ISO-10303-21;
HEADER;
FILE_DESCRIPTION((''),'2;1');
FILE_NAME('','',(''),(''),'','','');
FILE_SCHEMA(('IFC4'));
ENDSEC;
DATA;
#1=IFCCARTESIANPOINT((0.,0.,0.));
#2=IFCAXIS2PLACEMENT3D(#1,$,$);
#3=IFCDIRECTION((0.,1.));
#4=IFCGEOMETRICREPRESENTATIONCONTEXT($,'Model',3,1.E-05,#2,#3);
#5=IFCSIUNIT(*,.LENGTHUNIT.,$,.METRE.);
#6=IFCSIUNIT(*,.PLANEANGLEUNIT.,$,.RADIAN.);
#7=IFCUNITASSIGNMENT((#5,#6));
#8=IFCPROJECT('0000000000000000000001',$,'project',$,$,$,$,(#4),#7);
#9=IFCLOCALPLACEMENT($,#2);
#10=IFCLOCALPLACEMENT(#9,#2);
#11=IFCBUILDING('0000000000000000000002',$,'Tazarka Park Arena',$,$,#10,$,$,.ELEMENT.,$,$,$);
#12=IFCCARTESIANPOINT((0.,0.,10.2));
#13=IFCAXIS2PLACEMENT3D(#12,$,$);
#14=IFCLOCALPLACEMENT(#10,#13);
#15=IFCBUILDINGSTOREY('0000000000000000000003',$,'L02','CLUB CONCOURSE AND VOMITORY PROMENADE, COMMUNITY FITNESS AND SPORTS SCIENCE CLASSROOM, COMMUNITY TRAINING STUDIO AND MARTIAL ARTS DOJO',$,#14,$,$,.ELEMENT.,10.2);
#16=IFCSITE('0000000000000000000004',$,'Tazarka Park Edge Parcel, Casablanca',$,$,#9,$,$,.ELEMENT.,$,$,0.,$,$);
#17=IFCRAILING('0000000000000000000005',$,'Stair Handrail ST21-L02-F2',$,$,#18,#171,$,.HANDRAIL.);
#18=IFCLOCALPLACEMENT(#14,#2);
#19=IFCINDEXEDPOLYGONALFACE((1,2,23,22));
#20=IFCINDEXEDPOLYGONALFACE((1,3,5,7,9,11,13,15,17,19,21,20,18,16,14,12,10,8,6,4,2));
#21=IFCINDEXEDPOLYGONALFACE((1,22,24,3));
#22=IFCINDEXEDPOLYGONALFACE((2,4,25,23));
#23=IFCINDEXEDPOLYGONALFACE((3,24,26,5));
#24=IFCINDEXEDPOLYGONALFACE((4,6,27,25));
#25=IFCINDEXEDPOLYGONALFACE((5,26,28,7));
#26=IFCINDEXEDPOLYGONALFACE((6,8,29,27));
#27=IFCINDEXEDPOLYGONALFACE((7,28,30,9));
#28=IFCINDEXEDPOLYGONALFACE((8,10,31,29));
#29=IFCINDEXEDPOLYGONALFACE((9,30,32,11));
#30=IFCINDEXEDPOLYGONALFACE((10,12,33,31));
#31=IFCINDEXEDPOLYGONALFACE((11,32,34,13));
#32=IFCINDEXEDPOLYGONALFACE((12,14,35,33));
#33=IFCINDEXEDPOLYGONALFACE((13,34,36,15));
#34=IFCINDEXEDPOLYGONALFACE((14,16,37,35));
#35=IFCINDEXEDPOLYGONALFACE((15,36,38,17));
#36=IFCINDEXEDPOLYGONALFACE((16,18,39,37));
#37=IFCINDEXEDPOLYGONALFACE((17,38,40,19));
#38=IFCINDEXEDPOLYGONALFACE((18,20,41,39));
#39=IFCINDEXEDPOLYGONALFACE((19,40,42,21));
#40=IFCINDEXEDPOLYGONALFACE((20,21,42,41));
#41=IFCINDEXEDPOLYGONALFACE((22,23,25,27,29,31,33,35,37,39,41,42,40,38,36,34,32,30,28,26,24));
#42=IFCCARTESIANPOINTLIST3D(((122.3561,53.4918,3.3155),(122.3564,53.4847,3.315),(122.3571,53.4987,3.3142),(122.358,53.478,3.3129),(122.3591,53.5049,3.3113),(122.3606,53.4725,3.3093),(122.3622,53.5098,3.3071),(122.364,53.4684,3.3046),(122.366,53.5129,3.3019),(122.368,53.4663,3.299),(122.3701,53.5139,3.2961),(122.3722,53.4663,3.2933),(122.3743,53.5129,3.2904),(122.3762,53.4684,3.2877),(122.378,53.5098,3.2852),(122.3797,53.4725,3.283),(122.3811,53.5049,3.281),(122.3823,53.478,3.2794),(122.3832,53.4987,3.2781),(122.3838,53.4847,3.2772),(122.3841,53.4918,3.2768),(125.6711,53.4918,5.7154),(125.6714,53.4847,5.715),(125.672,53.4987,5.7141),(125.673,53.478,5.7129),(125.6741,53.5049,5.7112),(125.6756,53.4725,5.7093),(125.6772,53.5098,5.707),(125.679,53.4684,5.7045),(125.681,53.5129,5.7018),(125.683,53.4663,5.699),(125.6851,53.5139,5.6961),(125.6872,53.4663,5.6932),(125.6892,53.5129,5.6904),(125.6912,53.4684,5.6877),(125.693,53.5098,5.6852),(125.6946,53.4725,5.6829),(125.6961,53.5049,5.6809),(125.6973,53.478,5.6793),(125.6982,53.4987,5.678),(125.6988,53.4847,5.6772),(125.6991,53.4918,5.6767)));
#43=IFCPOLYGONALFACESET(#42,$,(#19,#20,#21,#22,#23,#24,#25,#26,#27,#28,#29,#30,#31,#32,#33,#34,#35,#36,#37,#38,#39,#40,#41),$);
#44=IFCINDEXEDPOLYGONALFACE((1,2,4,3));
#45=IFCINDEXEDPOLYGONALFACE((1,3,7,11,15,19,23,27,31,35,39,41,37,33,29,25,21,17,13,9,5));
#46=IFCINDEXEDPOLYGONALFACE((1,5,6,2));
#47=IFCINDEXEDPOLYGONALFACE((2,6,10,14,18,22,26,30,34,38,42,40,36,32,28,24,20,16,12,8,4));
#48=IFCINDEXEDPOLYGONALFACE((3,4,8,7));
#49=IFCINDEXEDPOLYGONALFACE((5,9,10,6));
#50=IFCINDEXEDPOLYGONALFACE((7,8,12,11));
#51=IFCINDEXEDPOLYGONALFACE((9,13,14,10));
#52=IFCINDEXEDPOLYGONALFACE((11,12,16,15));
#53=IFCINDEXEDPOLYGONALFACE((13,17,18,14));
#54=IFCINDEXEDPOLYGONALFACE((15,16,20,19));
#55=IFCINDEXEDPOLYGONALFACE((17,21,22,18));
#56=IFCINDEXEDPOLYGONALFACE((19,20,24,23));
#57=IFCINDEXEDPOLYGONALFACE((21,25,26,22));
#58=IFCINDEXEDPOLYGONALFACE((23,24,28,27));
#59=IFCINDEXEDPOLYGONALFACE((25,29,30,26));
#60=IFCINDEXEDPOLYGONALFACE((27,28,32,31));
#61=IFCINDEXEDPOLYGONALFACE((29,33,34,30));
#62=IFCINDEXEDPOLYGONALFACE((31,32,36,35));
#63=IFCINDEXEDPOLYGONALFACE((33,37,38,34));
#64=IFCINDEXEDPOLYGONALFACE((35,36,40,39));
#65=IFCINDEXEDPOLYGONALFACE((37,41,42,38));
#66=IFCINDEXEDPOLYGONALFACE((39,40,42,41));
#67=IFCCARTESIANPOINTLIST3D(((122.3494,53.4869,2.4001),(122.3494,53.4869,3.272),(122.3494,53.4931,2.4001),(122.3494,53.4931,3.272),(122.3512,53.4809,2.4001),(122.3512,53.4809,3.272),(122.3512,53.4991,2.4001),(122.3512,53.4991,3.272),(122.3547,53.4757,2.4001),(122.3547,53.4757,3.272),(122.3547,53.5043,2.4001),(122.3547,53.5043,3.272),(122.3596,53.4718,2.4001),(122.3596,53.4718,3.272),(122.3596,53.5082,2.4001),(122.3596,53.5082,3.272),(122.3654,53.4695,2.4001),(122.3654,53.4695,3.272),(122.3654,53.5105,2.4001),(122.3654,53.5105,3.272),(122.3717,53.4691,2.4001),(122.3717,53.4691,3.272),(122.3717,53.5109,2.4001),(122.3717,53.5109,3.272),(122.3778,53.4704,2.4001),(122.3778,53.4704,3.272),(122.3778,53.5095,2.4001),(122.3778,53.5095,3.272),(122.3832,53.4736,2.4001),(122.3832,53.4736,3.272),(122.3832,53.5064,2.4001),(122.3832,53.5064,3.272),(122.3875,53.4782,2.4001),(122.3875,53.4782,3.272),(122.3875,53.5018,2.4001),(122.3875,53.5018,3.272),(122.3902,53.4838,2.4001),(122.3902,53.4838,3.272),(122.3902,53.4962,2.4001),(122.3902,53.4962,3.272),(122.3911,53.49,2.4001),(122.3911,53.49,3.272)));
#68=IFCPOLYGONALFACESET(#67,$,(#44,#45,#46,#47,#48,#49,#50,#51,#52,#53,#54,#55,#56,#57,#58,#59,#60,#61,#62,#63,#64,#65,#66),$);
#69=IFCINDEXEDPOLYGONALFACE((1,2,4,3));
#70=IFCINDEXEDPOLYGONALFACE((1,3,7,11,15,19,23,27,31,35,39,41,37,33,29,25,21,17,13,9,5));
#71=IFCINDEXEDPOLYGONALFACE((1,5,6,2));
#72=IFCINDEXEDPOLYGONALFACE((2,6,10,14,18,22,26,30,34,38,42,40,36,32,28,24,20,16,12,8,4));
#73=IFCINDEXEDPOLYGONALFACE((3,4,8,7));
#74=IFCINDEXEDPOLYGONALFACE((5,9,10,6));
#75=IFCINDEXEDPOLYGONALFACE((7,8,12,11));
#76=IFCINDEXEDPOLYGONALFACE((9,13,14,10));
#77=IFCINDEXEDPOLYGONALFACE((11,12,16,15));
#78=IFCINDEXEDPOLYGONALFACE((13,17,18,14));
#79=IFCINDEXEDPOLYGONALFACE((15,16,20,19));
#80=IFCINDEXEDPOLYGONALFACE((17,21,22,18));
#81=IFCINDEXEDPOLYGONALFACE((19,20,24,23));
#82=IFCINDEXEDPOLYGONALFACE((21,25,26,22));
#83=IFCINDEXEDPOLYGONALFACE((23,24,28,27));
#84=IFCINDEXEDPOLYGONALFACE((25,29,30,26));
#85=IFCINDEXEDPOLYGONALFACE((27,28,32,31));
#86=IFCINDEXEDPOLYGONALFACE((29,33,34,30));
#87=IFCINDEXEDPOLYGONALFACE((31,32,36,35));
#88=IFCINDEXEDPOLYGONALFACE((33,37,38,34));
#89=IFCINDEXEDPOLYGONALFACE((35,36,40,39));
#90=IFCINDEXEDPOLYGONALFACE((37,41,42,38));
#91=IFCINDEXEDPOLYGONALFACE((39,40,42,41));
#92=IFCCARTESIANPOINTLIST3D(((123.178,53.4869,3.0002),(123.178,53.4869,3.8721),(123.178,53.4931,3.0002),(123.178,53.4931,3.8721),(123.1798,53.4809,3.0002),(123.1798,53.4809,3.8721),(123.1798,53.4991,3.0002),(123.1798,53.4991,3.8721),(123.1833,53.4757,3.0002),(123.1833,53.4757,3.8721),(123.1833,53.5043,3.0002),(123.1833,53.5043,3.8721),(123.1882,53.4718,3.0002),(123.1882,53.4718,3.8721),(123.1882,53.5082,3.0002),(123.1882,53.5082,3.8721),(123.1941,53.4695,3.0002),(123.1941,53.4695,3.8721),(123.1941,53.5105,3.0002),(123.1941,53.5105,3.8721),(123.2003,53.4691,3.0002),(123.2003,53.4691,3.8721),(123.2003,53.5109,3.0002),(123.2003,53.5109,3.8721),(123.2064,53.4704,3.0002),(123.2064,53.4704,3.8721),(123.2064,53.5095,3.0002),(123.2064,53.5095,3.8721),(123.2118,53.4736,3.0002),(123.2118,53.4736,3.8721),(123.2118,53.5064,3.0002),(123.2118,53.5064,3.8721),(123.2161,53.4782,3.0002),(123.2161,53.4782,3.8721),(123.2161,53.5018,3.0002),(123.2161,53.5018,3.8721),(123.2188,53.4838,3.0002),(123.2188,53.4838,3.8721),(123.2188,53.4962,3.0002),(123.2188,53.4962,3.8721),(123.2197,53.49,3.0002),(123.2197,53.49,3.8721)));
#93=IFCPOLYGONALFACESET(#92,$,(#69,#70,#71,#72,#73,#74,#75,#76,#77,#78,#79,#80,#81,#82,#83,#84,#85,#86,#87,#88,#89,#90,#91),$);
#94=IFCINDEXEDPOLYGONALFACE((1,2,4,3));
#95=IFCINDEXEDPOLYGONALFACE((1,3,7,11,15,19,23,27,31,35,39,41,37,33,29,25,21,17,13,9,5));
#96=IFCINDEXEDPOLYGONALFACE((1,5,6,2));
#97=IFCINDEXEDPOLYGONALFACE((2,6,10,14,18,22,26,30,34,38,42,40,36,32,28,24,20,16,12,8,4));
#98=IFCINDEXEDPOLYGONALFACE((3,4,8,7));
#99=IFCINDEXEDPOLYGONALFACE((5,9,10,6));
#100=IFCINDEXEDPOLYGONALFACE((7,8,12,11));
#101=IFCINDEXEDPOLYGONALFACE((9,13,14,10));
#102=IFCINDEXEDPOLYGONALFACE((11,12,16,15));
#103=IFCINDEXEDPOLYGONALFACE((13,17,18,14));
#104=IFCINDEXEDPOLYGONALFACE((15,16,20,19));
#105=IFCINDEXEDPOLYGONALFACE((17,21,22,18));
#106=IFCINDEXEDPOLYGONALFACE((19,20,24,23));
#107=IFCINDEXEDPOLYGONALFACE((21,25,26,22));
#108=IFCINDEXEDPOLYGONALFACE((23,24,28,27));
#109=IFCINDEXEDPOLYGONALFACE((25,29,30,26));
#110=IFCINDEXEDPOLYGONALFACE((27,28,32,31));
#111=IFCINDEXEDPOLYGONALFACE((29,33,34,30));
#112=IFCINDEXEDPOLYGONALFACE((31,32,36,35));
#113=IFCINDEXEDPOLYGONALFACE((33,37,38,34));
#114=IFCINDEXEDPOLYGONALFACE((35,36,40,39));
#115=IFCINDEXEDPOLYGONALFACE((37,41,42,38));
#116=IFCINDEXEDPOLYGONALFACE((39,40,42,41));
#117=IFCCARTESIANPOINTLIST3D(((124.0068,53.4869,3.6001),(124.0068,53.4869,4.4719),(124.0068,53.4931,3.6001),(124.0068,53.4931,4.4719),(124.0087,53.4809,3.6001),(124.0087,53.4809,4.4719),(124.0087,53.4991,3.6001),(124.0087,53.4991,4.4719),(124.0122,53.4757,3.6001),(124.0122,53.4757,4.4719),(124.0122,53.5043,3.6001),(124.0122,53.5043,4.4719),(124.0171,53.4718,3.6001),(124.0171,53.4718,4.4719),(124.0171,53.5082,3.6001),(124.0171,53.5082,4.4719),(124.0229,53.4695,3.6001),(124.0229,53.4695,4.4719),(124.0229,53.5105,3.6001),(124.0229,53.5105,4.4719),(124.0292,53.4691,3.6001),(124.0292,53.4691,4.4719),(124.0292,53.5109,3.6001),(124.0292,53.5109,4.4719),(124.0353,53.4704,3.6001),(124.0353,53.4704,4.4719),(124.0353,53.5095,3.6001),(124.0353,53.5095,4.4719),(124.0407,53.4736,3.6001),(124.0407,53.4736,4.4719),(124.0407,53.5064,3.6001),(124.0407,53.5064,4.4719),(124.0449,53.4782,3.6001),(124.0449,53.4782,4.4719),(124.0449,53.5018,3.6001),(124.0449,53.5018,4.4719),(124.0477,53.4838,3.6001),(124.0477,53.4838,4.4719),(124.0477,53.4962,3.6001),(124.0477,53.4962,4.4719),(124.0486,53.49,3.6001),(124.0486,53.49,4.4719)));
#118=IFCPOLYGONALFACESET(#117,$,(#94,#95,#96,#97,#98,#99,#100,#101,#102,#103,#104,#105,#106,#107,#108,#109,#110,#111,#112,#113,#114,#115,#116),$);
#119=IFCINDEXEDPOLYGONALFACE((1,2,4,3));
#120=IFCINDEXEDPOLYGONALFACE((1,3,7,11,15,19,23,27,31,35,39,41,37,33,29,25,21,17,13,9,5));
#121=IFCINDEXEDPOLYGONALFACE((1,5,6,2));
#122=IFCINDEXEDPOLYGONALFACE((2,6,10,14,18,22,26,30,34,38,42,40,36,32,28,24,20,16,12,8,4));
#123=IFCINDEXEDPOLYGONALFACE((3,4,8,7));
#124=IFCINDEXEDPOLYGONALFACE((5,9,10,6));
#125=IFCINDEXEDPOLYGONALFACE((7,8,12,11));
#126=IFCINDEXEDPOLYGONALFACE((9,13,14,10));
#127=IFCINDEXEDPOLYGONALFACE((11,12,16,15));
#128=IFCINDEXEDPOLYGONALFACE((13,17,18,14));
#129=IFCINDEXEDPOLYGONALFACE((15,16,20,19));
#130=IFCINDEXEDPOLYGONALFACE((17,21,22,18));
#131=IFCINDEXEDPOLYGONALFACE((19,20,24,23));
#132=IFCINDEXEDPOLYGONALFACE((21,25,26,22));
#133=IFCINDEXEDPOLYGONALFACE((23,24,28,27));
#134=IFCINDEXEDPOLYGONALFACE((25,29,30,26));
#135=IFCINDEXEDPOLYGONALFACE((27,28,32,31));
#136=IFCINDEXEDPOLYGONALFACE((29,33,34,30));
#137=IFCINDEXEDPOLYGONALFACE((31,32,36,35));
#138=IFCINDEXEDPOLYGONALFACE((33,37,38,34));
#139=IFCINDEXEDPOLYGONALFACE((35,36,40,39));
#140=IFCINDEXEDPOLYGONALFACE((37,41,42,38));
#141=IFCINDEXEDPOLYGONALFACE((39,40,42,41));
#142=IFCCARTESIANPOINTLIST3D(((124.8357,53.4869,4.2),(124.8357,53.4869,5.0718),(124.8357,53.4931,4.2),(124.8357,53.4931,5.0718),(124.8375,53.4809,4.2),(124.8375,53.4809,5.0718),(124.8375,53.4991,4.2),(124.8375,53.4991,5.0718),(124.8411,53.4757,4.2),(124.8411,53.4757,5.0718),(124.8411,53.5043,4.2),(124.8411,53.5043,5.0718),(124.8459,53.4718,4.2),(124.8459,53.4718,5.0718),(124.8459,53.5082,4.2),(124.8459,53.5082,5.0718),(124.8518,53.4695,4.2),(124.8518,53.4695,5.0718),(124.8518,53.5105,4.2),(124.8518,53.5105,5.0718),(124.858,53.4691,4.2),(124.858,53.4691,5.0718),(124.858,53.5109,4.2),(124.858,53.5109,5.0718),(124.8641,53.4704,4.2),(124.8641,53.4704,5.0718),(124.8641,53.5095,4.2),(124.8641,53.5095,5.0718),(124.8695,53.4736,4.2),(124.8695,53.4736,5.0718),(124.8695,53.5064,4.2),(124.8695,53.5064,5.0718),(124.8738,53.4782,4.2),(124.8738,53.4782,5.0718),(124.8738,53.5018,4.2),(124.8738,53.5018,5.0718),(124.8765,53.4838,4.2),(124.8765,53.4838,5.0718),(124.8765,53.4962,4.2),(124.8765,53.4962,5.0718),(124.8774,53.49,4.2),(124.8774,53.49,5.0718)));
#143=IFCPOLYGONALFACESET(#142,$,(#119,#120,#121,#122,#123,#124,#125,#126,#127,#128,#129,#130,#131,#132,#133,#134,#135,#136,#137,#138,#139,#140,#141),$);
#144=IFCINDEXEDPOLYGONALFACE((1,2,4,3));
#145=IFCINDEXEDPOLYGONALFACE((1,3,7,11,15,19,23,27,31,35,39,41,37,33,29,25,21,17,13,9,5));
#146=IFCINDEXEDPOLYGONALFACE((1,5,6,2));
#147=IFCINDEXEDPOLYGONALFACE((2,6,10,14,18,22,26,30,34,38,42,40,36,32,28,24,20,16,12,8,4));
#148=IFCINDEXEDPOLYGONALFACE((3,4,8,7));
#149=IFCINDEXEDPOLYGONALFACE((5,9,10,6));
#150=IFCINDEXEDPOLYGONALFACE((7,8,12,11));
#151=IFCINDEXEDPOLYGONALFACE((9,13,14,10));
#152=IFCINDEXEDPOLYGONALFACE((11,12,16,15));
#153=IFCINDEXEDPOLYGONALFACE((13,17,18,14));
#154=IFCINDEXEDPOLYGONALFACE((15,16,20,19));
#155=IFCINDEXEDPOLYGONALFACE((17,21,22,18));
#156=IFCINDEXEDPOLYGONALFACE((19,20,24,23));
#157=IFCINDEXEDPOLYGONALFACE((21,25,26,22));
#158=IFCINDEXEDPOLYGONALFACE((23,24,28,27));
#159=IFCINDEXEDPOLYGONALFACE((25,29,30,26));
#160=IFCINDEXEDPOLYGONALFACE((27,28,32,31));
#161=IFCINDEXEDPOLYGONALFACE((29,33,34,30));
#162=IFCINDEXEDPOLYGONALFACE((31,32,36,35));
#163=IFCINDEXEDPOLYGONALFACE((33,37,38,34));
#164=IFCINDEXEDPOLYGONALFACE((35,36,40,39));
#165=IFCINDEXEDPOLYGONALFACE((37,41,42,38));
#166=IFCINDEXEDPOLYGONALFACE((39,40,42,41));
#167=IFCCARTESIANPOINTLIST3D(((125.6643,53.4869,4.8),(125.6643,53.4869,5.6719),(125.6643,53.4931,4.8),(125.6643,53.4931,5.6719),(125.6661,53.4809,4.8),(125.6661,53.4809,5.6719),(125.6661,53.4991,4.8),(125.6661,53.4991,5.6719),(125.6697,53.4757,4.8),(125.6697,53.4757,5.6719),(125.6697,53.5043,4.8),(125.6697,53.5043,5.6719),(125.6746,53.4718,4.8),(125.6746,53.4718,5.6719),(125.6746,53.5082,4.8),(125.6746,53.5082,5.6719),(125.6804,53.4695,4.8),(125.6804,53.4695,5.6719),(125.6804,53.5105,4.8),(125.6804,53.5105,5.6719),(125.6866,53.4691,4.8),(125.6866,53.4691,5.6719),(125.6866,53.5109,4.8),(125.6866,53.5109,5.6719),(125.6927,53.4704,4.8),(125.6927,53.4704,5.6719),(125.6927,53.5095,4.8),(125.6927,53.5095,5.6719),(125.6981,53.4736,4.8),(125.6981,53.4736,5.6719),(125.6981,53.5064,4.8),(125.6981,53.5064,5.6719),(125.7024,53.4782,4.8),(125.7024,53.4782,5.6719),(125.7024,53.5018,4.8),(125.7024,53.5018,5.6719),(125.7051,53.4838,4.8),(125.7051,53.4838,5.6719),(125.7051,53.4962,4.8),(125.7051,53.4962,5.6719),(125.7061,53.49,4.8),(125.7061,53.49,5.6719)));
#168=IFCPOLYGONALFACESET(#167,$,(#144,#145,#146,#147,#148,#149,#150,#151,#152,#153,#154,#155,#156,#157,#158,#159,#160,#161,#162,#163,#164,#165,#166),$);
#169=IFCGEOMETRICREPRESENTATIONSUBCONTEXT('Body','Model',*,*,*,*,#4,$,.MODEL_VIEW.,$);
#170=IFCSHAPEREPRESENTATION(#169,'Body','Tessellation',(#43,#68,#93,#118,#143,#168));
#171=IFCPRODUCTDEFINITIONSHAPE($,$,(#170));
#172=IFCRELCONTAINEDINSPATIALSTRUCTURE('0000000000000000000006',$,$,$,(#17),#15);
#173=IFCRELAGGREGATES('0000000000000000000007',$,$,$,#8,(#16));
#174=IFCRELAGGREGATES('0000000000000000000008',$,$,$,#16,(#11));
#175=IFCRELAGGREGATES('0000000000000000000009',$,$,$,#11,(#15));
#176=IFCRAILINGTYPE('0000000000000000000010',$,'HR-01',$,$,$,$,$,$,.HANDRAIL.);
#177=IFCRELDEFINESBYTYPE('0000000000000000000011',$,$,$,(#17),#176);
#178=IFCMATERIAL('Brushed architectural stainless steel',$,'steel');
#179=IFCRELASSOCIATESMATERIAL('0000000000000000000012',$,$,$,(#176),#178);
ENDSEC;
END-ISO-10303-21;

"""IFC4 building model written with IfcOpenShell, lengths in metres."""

from ifc_helpers import new_model, si_unit, direction, frame, origin, origin_2d, place, context, subcontext, project, spatial, circle, extrude, material, type_object, element, save


model = new_model("IFC4")

# Units and contexts
model_context = context("Model", 3, precision=1e-05, world=origin(), true_north=direction((0.0, 1.0)))
body_context = subcontext(model_context, "Body", "Model", "MODEL_VIEW")
ifc_project = project(units=[si_unit("LENGTHUNIT", "METRE"), si_unit("PLANEANGLEUNIT", "RADIAN")], contexts=[model_context])

# Site, building, storey
site_placement = place(None, origin())
site = spatial("IfcSite", under=ifc_project, at=site_placement, Name="Tazarka Park Edge Parcel, Casablanca", CompositionType="ELEMENT", RefElevation=0.0)
building_placement = place(site_placement, origin())
building = spatial("IfcBuilding", under=site, at=building_placement, Name="Tazarka Park Arena", CompositionType="ELEMENT")
storey_placement = place(building_placement, frame((0.0, 0.0, 10.2)))
storey = spatial("IfcBuildingStorey", under=building, at=storey_placement, Name="L02", Description="CLUB CONCOURSE AND VOMITORY PROMENADE, COMMUNITY FITNESS AND SPORTS SCIENCE CLASSROOM, COMMUNITY TRAINING STUDIO AND MARTIAL ARTS DOJO", CompositionType="ELEMENT", Elevation=10.2)

# Railing
ifc_material_1 = material(Name="Brushed architectural stainless steel", Category="steel")
railing_type_1 = type_object("IfcRailingType", Name="HR-01", PredefinedType="HANDRAIL", material=ifc_material_1)
railing_placement = place(storey_placement, frame((122.3701, 53.49, 2.4001)))
element("IfcRailing", 1, at=railing_placement, inside=storey, type_object=railing_type_1, Name="Stair Handrail ST21-L02-F2", PredefinedType="HANDRAIL", context=body_context, shape_type="SweptSolid", body=[
    extrude(circle(Radius=0.0239, at=origin_2d()), frame((0.0, 0.0, 0.896), z_axis=(0.810009, 0.0, 0.586418), x_axis=(0.0, 1.0, 0.0)), (0.0, 0.0, 1.0), 4.0925),
    extrude(circle(Radius=0.021, at=origin_2d()), origin(), (0.0, 0.0, 1.0), 0.8718),
    extrude(circle(Radius=0.021, at=origin_2d()), frame((0.8286, 0.0, 0.6001)), (0.0, 0.0, 1.0), 0.8718),
    extrude(circle(Radius=0.021, at=origin_2d()), frame((1.6575, 0.0, 1.2)), (0.0, 0.0, 1.0), 0.8718),
    extrude(circle(Radius=0.021, at=origin_2d()), frame((2.4863, 0.0, 1.7998)), (0.0, 0.0, 1.0), 0.8718),
    extrude(circle(Radius=0.021, at=origin_2d()), frame((3.3149, 0.0, 2.3999)), (0.0, 0.0, 1.0), 0.8718),
])

save(model, "model.ifc")
